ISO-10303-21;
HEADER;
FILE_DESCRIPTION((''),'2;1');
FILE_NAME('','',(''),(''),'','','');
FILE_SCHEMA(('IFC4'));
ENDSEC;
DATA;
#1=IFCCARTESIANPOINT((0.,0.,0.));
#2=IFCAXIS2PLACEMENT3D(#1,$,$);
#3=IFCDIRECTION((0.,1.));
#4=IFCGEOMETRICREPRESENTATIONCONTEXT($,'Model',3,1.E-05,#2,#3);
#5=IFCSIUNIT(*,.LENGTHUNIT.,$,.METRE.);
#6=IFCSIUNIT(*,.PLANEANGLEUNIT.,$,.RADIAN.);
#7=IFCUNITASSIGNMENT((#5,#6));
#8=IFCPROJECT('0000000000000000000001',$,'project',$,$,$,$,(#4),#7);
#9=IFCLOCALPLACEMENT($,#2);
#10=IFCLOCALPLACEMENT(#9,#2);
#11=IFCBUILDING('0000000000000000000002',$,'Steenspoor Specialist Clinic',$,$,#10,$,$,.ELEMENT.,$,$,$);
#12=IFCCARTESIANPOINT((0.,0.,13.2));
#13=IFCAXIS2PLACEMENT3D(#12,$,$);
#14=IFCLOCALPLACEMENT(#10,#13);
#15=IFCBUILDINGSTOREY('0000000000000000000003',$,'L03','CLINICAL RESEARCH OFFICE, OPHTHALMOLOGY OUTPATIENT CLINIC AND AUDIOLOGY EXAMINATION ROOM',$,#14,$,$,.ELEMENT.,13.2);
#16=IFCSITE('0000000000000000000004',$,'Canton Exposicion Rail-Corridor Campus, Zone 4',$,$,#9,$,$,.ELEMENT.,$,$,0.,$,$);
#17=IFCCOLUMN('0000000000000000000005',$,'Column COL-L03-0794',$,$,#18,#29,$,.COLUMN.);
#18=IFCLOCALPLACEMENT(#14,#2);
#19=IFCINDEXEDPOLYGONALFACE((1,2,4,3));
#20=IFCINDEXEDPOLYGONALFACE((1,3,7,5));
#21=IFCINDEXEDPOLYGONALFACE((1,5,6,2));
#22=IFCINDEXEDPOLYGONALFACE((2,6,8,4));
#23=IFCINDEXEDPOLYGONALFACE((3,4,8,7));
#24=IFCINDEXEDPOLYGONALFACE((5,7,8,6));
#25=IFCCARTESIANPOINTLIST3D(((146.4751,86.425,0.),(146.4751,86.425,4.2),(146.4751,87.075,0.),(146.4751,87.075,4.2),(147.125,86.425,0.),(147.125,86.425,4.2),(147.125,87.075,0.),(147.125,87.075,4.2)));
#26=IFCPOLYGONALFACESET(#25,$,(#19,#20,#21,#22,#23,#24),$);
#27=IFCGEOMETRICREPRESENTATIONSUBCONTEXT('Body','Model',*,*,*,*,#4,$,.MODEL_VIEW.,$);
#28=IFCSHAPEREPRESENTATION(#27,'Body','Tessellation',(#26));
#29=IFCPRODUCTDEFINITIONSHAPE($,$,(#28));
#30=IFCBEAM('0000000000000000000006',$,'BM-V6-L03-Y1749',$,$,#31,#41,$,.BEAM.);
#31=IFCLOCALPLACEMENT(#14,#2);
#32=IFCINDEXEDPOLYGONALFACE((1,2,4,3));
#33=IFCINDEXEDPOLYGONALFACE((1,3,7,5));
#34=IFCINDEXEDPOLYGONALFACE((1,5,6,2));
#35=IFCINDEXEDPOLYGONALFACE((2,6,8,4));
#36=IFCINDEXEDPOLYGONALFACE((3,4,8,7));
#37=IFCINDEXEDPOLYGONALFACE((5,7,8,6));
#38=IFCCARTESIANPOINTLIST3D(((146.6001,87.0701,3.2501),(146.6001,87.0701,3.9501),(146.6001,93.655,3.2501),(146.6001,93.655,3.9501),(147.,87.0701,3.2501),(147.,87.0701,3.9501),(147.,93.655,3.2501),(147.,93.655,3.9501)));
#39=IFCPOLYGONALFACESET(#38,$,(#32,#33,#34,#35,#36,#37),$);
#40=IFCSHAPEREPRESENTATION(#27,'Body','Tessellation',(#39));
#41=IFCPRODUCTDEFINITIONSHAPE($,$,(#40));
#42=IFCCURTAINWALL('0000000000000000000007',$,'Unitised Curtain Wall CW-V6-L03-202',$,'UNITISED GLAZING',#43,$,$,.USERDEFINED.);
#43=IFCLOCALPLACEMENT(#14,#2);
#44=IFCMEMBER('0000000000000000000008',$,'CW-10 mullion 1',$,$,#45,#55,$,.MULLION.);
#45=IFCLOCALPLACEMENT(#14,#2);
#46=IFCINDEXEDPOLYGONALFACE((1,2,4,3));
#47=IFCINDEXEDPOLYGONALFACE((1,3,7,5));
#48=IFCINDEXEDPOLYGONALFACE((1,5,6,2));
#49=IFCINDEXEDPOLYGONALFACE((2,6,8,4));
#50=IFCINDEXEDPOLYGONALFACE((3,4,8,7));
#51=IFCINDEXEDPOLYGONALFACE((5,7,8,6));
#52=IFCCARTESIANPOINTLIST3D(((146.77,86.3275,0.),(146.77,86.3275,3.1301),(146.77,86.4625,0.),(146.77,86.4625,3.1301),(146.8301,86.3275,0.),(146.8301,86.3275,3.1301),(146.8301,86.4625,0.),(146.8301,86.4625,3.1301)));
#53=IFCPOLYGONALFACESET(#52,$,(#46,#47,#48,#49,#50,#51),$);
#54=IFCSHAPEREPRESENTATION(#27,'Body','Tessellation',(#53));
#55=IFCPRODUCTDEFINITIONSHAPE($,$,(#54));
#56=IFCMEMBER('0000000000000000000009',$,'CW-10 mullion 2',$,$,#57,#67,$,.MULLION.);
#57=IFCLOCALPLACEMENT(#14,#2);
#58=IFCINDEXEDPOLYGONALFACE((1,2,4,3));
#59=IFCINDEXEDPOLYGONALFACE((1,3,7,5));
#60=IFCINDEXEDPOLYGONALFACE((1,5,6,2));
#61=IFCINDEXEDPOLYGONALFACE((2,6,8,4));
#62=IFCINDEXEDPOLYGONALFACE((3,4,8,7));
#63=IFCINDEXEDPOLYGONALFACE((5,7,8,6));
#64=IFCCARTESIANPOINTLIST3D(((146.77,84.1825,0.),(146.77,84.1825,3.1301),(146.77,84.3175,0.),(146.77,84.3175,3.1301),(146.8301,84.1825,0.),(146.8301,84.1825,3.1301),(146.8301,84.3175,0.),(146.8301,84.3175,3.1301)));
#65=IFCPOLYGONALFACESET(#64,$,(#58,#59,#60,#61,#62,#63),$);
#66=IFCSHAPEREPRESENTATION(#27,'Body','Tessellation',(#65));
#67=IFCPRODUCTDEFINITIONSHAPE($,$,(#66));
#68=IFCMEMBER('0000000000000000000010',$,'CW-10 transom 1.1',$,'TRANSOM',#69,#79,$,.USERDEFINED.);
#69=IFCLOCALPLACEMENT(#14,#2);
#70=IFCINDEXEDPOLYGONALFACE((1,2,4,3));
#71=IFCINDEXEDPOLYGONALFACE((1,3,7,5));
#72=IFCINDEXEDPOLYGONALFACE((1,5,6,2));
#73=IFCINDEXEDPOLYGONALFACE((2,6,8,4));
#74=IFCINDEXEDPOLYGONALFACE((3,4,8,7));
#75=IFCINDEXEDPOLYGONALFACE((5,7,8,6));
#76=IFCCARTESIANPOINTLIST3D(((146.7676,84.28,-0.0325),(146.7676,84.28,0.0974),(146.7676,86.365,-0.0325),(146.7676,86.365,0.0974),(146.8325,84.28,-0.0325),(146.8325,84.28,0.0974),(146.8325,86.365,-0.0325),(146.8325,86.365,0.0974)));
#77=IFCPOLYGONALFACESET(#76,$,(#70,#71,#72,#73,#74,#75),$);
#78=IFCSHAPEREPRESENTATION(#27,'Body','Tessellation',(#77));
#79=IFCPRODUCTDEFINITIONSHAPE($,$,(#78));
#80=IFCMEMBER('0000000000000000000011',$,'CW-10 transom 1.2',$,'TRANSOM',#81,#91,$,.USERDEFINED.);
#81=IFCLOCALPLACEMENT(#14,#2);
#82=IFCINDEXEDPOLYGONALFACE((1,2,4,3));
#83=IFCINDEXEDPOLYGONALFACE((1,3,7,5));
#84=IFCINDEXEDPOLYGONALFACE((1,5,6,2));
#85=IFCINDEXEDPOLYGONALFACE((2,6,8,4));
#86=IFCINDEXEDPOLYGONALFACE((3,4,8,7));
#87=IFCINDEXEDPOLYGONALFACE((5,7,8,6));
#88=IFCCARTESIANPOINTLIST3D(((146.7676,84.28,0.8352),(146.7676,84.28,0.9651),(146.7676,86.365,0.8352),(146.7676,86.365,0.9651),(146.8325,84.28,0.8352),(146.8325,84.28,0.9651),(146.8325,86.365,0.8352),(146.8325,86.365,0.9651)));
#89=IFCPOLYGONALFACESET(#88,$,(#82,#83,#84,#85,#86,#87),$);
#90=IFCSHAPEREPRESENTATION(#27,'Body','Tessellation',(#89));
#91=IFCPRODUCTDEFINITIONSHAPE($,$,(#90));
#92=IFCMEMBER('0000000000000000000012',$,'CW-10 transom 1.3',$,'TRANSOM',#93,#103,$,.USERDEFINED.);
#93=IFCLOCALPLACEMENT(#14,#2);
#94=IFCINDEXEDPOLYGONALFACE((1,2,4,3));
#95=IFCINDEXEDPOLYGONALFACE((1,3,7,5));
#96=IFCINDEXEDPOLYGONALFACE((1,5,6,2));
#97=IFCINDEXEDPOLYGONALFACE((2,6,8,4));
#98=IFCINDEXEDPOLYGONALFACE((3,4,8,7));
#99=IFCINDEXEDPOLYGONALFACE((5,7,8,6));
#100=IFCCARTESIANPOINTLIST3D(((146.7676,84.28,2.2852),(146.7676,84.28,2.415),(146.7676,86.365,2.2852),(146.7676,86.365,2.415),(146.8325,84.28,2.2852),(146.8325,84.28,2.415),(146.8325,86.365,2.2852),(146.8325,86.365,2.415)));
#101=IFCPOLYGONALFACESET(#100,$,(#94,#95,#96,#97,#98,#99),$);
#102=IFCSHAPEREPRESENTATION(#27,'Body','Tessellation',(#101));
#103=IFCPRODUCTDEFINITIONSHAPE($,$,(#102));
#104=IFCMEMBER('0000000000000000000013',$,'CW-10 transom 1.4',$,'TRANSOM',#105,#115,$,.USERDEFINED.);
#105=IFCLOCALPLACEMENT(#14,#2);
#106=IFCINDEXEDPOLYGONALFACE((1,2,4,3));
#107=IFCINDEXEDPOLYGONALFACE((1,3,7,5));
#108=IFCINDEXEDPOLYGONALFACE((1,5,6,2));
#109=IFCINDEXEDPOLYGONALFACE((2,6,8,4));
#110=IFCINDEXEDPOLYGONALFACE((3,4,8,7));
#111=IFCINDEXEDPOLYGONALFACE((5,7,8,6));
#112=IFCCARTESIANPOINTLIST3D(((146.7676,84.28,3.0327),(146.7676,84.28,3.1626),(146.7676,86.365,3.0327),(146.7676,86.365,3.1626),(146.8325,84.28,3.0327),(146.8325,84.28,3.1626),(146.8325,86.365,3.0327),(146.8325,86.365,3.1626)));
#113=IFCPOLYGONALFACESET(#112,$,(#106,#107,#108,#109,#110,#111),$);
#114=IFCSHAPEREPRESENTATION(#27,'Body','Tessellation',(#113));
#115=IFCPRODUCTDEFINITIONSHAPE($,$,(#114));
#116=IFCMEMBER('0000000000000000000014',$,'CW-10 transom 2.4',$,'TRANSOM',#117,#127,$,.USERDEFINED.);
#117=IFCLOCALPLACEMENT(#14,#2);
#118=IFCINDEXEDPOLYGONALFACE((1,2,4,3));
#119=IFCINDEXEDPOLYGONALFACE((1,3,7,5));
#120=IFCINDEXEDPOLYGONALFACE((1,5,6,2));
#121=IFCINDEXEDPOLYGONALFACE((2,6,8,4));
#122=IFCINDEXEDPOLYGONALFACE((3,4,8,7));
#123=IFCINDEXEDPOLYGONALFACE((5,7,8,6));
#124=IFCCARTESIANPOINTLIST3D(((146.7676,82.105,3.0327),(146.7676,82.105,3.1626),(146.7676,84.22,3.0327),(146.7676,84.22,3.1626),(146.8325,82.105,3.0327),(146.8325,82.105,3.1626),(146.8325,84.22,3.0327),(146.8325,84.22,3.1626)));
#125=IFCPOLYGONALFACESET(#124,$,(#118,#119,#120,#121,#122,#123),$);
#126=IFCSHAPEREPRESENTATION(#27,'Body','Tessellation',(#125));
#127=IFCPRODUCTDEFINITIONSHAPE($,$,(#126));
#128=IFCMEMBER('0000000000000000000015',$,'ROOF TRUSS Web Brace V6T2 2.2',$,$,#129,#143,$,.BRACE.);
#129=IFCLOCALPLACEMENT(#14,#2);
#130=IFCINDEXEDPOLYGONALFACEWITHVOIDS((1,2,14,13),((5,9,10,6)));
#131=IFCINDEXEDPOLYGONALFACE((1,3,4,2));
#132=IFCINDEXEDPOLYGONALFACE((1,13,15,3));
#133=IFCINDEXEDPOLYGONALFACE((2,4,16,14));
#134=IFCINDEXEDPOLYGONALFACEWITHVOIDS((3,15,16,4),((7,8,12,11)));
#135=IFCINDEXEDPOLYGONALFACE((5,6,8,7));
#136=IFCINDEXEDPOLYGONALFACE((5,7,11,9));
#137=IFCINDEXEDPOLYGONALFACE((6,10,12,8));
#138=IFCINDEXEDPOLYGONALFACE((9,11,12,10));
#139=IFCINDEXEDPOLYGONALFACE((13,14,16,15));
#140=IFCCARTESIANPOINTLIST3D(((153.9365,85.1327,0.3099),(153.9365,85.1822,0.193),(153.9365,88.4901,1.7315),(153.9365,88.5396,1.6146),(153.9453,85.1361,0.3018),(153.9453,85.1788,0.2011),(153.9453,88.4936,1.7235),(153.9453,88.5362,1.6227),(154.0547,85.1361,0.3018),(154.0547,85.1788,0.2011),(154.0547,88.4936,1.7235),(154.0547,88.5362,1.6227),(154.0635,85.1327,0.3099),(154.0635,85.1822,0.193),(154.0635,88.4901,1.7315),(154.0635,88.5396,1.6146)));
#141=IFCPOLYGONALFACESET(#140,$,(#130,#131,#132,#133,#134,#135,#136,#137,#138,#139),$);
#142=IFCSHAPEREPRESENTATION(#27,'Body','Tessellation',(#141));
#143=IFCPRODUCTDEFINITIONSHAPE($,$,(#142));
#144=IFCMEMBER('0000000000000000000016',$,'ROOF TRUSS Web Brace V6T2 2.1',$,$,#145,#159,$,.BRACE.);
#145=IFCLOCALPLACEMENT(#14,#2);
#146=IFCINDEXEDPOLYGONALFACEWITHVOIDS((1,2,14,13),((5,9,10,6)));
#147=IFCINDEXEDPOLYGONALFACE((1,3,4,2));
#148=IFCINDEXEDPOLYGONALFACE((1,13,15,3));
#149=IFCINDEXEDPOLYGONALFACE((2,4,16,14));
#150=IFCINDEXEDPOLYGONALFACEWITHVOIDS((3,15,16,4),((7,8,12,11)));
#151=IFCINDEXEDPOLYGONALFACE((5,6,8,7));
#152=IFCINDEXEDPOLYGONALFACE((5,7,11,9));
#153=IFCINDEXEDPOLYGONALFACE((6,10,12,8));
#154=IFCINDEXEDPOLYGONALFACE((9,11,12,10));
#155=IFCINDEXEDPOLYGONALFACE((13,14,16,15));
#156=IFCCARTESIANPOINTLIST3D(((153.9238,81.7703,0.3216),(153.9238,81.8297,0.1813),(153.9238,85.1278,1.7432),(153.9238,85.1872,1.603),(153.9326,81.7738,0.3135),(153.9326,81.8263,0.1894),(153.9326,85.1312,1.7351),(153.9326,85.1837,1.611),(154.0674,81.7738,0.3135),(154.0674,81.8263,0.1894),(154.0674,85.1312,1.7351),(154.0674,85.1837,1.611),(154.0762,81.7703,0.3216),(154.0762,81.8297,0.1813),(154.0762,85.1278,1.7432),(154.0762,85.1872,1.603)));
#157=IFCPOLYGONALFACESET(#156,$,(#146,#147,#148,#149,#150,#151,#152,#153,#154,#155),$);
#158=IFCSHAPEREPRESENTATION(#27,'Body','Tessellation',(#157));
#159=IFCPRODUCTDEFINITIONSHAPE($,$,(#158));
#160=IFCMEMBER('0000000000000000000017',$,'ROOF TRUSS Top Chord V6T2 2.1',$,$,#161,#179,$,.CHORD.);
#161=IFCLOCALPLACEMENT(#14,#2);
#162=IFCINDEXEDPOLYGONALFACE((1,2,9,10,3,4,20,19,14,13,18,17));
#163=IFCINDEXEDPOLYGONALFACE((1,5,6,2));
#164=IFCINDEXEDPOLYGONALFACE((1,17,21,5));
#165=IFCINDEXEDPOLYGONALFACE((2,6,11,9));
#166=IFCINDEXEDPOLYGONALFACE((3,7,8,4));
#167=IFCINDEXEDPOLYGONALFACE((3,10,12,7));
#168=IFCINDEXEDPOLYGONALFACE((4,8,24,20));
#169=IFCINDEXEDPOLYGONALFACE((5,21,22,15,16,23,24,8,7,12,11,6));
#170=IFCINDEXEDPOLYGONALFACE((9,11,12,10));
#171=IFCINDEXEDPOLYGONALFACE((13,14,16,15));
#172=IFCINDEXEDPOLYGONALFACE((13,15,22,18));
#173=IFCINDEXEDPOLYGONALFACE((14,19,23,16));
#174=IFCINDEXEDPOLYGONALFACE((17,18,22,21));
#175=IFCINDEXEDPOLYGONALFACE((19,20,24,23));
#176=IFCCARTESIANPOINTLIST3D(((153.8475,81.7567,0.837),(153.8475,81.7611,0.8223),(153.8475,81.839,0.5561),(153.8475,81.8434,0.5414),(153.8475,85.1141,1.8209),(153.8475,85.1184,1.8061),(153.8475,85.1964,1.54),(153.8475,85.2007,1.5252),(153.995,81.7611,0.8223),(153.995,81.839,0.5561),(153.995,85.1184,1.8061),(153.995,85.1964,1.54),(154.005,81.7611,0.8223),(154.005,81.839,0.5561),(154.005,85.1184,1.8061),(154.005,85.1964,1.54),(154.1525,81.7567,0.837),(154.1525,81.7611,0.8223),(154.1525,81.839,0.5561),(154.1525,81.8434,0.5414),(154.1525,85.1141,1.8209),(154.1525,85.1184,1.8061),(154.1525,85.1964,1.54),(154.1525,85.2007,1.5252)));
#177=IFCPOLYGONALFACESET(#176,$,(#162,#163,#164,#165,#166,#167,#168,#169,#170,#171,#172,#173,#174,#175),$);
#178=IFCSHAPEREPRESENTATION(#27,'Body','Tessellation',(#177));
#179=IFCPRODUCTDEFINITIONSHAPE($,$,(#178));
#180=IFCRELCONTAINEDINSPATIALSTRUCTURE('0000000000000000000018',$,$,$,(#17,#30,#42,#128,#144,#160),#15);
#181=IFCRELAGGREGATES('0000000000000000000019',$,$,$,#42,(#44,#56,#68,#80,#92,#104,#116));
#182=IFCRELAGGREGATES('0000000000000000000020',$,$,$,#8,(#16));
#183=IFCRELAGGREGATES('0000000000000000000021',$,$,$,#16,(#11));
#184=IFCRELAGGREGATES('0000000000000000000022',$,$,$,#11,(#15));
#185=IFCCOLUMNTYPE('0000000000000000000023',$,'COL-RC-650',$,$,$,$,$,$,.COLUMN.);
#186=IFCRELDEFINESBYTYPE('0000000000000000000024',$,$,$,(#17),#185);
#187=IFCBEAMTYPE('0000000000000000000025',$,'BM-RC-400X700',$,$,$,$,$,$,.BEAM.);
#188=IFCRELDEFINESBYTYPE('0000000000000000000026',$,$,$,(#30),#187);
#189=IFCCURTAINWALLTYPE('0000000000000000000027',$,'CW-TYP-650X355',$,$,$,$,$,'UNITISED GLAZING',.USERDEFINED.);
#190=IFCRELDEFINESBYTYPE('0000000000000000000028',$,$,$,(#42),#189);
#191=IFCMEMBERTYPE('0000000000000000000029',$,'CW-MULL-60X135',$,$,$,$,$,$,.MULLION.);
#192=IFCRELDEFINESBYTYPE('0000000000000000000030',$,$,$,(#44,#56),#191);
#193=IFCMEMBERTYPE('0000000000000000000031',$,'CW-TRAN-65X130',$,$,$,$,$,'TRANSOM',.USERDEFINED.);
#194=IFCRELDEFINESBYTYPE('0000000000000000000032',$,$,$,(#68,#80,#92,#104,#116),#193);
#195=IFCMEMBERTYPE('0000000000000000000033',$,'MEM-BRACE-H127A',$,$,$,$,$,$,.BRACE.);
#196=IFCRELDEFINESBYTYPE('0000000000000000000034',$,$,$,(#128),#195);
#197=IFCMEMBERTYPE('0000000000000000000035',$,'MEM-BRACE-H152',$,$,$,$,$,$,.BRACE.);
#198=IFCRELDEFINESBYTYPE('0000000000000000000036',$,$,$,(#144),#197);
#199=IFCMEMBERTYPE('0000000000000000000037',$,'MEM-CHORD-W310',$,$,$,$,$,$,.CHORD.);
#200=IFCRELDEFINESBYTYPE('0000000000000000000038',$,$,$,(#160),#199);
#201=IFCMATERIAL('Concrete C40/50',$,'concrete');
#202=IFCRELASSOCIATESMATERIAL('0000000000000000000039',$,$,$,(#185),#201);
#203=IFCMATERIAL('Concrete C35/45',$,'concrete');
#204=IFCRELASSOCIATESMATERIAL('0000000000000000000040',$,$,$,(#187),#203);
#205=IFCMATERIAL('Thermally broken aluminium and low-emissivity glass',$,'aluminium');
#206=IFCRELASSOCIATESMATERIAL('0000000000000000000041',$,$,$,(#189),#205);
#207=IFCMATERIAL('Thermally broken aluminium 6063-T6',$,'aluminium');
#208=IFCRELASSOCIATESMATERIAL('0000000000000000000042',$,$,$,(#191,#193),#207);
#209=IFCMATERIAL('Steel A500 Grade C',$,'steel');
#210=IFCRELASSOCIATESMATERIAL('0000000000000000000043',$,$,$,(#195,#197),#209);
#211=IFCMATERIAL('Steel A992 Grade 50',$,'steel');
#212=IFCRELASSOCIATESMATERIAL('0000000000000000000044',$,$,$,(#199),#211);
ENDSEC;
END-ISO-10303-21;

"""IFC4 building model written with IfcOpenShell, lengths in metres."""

from ifc_helpers import new_model, si_unit, direction, frame, origin, origin_2d, place, context, subcontext, project, spatial, rectangle, hollow_rectangle, i_section, extrude, material, material_profile, profile_set, type_object, element, aggregate, save


model = new_model("IFC4")

# Units and contexts
model_context = context("Model", 3, precision=1e-05, world=origin(), true_north=direction((0.0, 1.0)))
body_context = subcontext(model_context, "Body", "Model", "MODEL_VIEW")
ifc_project = project(units=[si_unit("LENGTHUNIT", "METRE"), si_unit("PLANEANGLEUNIT", "RADIAN")], contexts=[model_context])

# Site, building, storey
site_placement = place(None, origin())
site = spatial("IfcSite", under=ifc_project, at=site_placement, Name="Canton Exposicion Rail-Corridor Campus, Zone 4", CompositionType="ELEMENT", RefElevation=0.0)
building_placement = place(site_placement, origin())
building = spatial("IfcBuilding", under=site, at=building_placement, Name="Steenspoor Specialist Clinic", CompositionType="ELEMENT")
storey_placement = place(building_placement, frame((0.0, 0.0, 13.2)))
storey = spatial("IfcBuildingStorey", under=building, at=storey_placement, Name="L03", Description="CLINICAL RESEARCH OFFICE, OPHTHALMOLOGY OUTPATIENT CLINIC AND AUDIOLOGY EXAMINATION ROOM", CompositionType="ELEMENT", Elevation=13.2)

# Column
ifc_material_1 = material(Name="Concrete C40/50", Category="concrete")
ifc_material_profile_1 = material_profile(ifc_material_1, rectangle(XDim=0.6499, YDim=0.6499, at=origin_2d()), Name="RC-COL-650X650")
ifc_profile_set_1 = profile_set([ifc_material_profile_1], Name="Concrete C40/50")
column_type = type_object("IfcColumnType", Name="COL-RC-650", PredefinedType="COLUMN", material=ifc_profile_set_1)
column_placement = place(storey_placement, frame((146.8, 86.75, 0.0), z_axis=(0.0, 0.0, 1.0), x_axis=(1.0, 0.0, 0.0)))
element("IfcColumn", 1, at=column_placement, inside=storey, type_object=column_type, Name="Column COL-L03-0794", PredefinedType="COLUMN", context=body_context, shape_type="SweptSolid", body=[
    extrude(rectangle(XDim=0.6499, YDim=0.6499, at=origin_2d()), origin(), (0.0, 0.0, 1.0), 4.2),
])

# Beam
ifc_material_2 = material(Name="Concrete C35/45", Category="concrete")
ifc_material_profile_2 = material_profile(ifc_material_2, rectangle(XDim=0.3999, YDim=0.7, at=origin_2d()), Name="RC-BM-400X700")
ifc_profile_set_2 = profile_set([ifc_material_profile_2], Name="Concrete C35/45")
beam_type = type_object("IfcBeamType", Name="BM-RC-400X700", PredefinedType="BEAM", material=ifc_profile_set_2)
beam_placement = place(storey_placement, frame((146.8, 87.0701, 3.6001), z_axis=(0.0, 1.0, 0.0), x_axis=(-1.0, 0.0, 0.0)))
element("IfcBeam", 2, at=beam_placement, inside=storey, type_object=beam_type, Name="BM-V6-L03-Y1749", PredefinedType="BEAM", context=body_context, shape_type="SweptSolid", body=[
    extrude(rectangle(XDim=0.3999, YDim=0.7, at=origin_2d()), origin(), (0.0, 0.0, 1.0), 6.585),
])

# Curtain wall, members
ifc_material_3 = material(Name="Thermally broken aluminium and low-emissivity glass", Category="aluminium")
curtain_wall_type = type_object("IfcCurtainWallType", Name="CW-TYP-650X355", ElementType="UNITISED GLAZING", PredefinedType="USERDEFINED", material=ifc_material_3)
curtain_wall_placement = place(storey_placement, origin())
curtain_wall = element("IfcCurtainWall", 3, at=curtain_wall_placement, inside=storey, type_object=curtain_wall_type, Name="Unitised Curtain Wall CW-V6-L03-202", ObjectType="UNITISED GLAZING", PredefinedType="USERDEFINED")
ifc_material_4 = material(Name="Thermally broken aluminium 6063-T6", Category="aluminium")
ifc_material_profile_3 = material_profile(ifc_material_4, rectangle(XDim=0.0601, YDim=0.135, at=origin_2d()), Name="CWM-60X135")
ifc_profile_set_3 = profile_set([ifc_material_profile_3], Name="Thermally broken aluminium 6063-T6")
member_type_1 = type_object("IfcMemberType", Name="CW-MULL-60X135", PredefinedType="MULLION", material=ifc_profile_set_3)
member_1_placement = place(storey_placement, frame((146.8, 86.395, 0.0), z_axis=(0.0, 0.0, 1.0), x_axis=(1.0, 0.0, 0.0)))
member_1 = element("IfcMember", 4, at=member_1_placement, type_object=member_type_1, Name="CW-10 mullion 1", PredefinedType="MULLION", context=body_context, shape_type="SweptSolid", body=[
    extrude(rectangle(XDim=0.0601, YDim=0.135, at=origin_2d()), origin(), (0.0, 0.0, 1.0), 3.1301),
])
member_2_placement = place(storey_placement, frame((146.8, 84.25, 0.0), z_axis=(0.0, 0.0, 1.0), x_axis=(1.0, 0.0, 0.0)))
member_2 = element("IfcMember", 5, at=member_2_placement, type_object=member_type_1, Name="CW-10 mullion 2", PredefinedType="MULLION", context=body_context, shape_type="SweptSolid", body=[
    extrude(rectangle(XDim=0.0601, YDim=0.135, at=origin_2d()), origin(), (0.0, 0.0, 1.0), 3.1301),
])
ifc_material_profile_4 = material_profile(ifc_material_4, rectangle(XDim=0.0649, YDim=0.1299, at=origin_2d()), Name="CWT-65X130")
ifc_profile_set_4 = profile_set([ifc_material_profile_4], Name="Thermally broken aluminium 6063-T6")
member_type_2 = type_object("IfcMemberType", Name="CW-TRAN-65X130", ElementType="TRANSOM", PredefinedType="USERDEFINED", material=ifc_profile_set_4)
member_3_placement = place(storey_placement, frame((146.8, 86.365, 0.0325), z_axis=(0.0, -1.0, 0.0), x_axis=(1.0, 0.0, 0.0)))
member_3 = element("IfcMember", 6, at=member_3_placement, type_object=member_type_2, Name="CW-10 transom 1.1", ObjectType="TRANSOM", PredefinedType="USERDEFINED", context=body_context, shape_type="SweptSolid", body=[
    extrude(rectangle(XDim=0.0649, YDim=0.1299, at=origin_2d()), origin(), (0.0, 0.0, 1.0), 2.085),
])
member_4_placement = place(storey_placement, frame((146.8, 86.365, 0.9001), z_axis=(0.0, -1.0, 0.0), x_axis=(1.0, 0.0, 0.0)))
member_4 = element("IfcMember", 7, at=member_4_placement, type_object=member_type_2, Name="CW-10 transom 1.2", ObjectType="TRANSOM", PredefinedType="USERDEFINED", context=body_context, shape_type="SweptSolid", body=[
    extrude(rectangle(XDim=0.0649, YDim=0.1299, at=origin_2d()), origin(), (0.0, 0.0, 1.0), 2.085),
])
member_5_placement = place(storey_placement, frame((146.8, 86.365, 2.3501), z_axis=(0.0, -1.0, 0.0), x_axis=(1.0, 0.0, 0.0)))
member_5 = element("IfcMember", 8, at=member_5_placement, type_object=member_type_2, Name="CW-10 transom 1.3", ObjectType="TRANSOM", PredefinedType="USERDEFINED", context=body_context, shape_type="SweptSolid", body=[
    extrude(rectangle(XDim=0.0649, YDim=0.1299, at=origin_2d()), origin(), (0.0, 0.0, 1.0), 2.085),
])
member_6_placement = place(storey_placement, frame((146.8, 86.365, 3.0977), z_axis=(0.0, -1.0, 0.0), x_axis=(1.0, 0.0, 0.0)))
member_6 = element("IfcMember", 9, at=member_6_placement, type_object=member_type_2, Name="CW-10 transom 1.4", ObjectType="TRANSOM", PredefinedType="USERDEFINED", context=body_context, shape_type="SweptSolid", body=[
    extrude(rectangle(XDim=0.0649, YDim=0.1299, at=origin_2d()), origin(), (0.0, 0.0, 1.0), 2.085),
])
member_7_placement = place(storey_placement, frame((146.8, 84.22, 3.0977), z_axis=(0.0, -1.0, 0.0), x_axis=(1.0, 0.0, 0.0)))
member_7 = element("IfcMember", 10, at=member_7_placement, type_object=member_type_2, Name="CW-10 transom 2.4", ObjectType="TRANSOM", PredefinedType="USERDEFINED", context=body_context, shape_type="SweptSolid", body=[
    extrude(rectangle(XDim=0.0649, YDim=0.1299, at=origin_2d()), origin(), (0.0, 0.0, 1.0), 2.115),
])

# Members
ifc_material_5 = material(Name="Steel A500 Grade C", Category="steel")
ifc_material_profile_5 = material_profile(ifc_material_5, hollow_rectangle(XDim=0.127, YDim=0.127, WallThickness=0.0088, at=origin_2d()), Name="HSS127X127X9.5")
ifc_profile_set_5 = profile_set([ifc_material_profile_5], Name="Steel A500 Grade C")
member_type_3 = type_object("IfcMemberType", Name="MEM-BRACE-H127A", PredefinedType="BRACE", material=ifc_profile_set_5)
member_8_placement = place(storey_placement, frame((154.0, 85.1575, 0.2515), z_axis=(0.0, 0.920851, 0.389915), x_axis=(-1.0, 0.0, 0.0)))
element("IfcMember", 11, at=member_8_placement, inside=storey, type_object=member_type_3, Name="ROOF TRUSS Web Brace V6T2 2.2", PredefinedType="BRACE", context=body_context, shape_type="SweptSolid", body=[
    extrude(hollow_rectangle(XDim=0.127, YDim=0.127, WallThickness=0.0088, at=origin_2d()), origin(), (0.0, 0.0, 1.0), 3.646),
])
ifc_material_profile_6 = material_profile(ifc_material_5, hollow_rectangle(XDim=0.1523, YDim=0.1523, WallThickness=0.0088, at=origin_2d()), Name="HSS152X152X9.5")
ifc_profile_set_6 = profile_set([ifc_material_profile_6], Name="Steel A500 Grade C")
member_type_4 = type_object("IfcMemberType", Name="MEM-BRACE-H152", PredefinedType="BRACE", material=ifc_profile_set_6)
member_9_placement = place(storey_placement, frame((154.0, 81.8, 0.2515), z_axis=(0.0, 0.920851, 0.389915), x_axis=(-1.0, 0.0, 0.0)))
element("IfcMember", 12, at=member_9_placement, inside=storey, type_object=member_type_4, Name="ROOF TRUSS Web Brace V6T2 2.1", PredefinedType="BRACE", context=body_context, shape_type="SweptSolid", body=[
    extrude(hollow_rectangle(XDim=0.1523, YDim=0.1523, WallThickness=0.0088, at=origin_2d()), origin(), (0.0, 0.0, 1.0), 3.646),
])
ifc_material_6 = material(Name="Steel A992 Grade 50", Category="steel")
ifc_material_profile_7 = material_profile(ifc_material_6, i_section(OverallWidth=0.3049, OverallDepth=0.3081, WebThickness=0.01, FlangeThickness=0.0154, at=origin_2d()), Name="W310X97")
ifc_profile_set_7 = profile_set([ifc_material_profile_7], Name="Steel A992 Grade 50")
member_type_5 = type_object("IfcMemberType", Name="MEM-CHORD-W310", PredefinedType="CHORD", material=ifc_profile_set_7)
member_10_placement = place(storey_placement, frame((154.0, 81.8, 0.6892), z_axis=(0.0, 0.959643, 0.281222), x_axis=(-1.0, 0.0, 0.0)))
element("IfcMember", 13, at=member_10_placement, inside=storey, type_object=member_type_5, Name="ROOF TRUSS Top Chord V6T2 2.1", PredefinedType="CHORD", context=body_context, shape_type="SweptSolid", body=[
    extrude(i_section(OverallWidth=0.3049, OverallDepth=0.3081, WebThickness=0.01, FlangeThickness=0.0154, at=origin_2d()), origin(), (0.0, 0.0, 1.0), 3.4985),
])

aggregate(curtain_wall, [member_1, member_2, member_3, member_4, member_5, member_6, member_7])

save(model, "model.ifc")
